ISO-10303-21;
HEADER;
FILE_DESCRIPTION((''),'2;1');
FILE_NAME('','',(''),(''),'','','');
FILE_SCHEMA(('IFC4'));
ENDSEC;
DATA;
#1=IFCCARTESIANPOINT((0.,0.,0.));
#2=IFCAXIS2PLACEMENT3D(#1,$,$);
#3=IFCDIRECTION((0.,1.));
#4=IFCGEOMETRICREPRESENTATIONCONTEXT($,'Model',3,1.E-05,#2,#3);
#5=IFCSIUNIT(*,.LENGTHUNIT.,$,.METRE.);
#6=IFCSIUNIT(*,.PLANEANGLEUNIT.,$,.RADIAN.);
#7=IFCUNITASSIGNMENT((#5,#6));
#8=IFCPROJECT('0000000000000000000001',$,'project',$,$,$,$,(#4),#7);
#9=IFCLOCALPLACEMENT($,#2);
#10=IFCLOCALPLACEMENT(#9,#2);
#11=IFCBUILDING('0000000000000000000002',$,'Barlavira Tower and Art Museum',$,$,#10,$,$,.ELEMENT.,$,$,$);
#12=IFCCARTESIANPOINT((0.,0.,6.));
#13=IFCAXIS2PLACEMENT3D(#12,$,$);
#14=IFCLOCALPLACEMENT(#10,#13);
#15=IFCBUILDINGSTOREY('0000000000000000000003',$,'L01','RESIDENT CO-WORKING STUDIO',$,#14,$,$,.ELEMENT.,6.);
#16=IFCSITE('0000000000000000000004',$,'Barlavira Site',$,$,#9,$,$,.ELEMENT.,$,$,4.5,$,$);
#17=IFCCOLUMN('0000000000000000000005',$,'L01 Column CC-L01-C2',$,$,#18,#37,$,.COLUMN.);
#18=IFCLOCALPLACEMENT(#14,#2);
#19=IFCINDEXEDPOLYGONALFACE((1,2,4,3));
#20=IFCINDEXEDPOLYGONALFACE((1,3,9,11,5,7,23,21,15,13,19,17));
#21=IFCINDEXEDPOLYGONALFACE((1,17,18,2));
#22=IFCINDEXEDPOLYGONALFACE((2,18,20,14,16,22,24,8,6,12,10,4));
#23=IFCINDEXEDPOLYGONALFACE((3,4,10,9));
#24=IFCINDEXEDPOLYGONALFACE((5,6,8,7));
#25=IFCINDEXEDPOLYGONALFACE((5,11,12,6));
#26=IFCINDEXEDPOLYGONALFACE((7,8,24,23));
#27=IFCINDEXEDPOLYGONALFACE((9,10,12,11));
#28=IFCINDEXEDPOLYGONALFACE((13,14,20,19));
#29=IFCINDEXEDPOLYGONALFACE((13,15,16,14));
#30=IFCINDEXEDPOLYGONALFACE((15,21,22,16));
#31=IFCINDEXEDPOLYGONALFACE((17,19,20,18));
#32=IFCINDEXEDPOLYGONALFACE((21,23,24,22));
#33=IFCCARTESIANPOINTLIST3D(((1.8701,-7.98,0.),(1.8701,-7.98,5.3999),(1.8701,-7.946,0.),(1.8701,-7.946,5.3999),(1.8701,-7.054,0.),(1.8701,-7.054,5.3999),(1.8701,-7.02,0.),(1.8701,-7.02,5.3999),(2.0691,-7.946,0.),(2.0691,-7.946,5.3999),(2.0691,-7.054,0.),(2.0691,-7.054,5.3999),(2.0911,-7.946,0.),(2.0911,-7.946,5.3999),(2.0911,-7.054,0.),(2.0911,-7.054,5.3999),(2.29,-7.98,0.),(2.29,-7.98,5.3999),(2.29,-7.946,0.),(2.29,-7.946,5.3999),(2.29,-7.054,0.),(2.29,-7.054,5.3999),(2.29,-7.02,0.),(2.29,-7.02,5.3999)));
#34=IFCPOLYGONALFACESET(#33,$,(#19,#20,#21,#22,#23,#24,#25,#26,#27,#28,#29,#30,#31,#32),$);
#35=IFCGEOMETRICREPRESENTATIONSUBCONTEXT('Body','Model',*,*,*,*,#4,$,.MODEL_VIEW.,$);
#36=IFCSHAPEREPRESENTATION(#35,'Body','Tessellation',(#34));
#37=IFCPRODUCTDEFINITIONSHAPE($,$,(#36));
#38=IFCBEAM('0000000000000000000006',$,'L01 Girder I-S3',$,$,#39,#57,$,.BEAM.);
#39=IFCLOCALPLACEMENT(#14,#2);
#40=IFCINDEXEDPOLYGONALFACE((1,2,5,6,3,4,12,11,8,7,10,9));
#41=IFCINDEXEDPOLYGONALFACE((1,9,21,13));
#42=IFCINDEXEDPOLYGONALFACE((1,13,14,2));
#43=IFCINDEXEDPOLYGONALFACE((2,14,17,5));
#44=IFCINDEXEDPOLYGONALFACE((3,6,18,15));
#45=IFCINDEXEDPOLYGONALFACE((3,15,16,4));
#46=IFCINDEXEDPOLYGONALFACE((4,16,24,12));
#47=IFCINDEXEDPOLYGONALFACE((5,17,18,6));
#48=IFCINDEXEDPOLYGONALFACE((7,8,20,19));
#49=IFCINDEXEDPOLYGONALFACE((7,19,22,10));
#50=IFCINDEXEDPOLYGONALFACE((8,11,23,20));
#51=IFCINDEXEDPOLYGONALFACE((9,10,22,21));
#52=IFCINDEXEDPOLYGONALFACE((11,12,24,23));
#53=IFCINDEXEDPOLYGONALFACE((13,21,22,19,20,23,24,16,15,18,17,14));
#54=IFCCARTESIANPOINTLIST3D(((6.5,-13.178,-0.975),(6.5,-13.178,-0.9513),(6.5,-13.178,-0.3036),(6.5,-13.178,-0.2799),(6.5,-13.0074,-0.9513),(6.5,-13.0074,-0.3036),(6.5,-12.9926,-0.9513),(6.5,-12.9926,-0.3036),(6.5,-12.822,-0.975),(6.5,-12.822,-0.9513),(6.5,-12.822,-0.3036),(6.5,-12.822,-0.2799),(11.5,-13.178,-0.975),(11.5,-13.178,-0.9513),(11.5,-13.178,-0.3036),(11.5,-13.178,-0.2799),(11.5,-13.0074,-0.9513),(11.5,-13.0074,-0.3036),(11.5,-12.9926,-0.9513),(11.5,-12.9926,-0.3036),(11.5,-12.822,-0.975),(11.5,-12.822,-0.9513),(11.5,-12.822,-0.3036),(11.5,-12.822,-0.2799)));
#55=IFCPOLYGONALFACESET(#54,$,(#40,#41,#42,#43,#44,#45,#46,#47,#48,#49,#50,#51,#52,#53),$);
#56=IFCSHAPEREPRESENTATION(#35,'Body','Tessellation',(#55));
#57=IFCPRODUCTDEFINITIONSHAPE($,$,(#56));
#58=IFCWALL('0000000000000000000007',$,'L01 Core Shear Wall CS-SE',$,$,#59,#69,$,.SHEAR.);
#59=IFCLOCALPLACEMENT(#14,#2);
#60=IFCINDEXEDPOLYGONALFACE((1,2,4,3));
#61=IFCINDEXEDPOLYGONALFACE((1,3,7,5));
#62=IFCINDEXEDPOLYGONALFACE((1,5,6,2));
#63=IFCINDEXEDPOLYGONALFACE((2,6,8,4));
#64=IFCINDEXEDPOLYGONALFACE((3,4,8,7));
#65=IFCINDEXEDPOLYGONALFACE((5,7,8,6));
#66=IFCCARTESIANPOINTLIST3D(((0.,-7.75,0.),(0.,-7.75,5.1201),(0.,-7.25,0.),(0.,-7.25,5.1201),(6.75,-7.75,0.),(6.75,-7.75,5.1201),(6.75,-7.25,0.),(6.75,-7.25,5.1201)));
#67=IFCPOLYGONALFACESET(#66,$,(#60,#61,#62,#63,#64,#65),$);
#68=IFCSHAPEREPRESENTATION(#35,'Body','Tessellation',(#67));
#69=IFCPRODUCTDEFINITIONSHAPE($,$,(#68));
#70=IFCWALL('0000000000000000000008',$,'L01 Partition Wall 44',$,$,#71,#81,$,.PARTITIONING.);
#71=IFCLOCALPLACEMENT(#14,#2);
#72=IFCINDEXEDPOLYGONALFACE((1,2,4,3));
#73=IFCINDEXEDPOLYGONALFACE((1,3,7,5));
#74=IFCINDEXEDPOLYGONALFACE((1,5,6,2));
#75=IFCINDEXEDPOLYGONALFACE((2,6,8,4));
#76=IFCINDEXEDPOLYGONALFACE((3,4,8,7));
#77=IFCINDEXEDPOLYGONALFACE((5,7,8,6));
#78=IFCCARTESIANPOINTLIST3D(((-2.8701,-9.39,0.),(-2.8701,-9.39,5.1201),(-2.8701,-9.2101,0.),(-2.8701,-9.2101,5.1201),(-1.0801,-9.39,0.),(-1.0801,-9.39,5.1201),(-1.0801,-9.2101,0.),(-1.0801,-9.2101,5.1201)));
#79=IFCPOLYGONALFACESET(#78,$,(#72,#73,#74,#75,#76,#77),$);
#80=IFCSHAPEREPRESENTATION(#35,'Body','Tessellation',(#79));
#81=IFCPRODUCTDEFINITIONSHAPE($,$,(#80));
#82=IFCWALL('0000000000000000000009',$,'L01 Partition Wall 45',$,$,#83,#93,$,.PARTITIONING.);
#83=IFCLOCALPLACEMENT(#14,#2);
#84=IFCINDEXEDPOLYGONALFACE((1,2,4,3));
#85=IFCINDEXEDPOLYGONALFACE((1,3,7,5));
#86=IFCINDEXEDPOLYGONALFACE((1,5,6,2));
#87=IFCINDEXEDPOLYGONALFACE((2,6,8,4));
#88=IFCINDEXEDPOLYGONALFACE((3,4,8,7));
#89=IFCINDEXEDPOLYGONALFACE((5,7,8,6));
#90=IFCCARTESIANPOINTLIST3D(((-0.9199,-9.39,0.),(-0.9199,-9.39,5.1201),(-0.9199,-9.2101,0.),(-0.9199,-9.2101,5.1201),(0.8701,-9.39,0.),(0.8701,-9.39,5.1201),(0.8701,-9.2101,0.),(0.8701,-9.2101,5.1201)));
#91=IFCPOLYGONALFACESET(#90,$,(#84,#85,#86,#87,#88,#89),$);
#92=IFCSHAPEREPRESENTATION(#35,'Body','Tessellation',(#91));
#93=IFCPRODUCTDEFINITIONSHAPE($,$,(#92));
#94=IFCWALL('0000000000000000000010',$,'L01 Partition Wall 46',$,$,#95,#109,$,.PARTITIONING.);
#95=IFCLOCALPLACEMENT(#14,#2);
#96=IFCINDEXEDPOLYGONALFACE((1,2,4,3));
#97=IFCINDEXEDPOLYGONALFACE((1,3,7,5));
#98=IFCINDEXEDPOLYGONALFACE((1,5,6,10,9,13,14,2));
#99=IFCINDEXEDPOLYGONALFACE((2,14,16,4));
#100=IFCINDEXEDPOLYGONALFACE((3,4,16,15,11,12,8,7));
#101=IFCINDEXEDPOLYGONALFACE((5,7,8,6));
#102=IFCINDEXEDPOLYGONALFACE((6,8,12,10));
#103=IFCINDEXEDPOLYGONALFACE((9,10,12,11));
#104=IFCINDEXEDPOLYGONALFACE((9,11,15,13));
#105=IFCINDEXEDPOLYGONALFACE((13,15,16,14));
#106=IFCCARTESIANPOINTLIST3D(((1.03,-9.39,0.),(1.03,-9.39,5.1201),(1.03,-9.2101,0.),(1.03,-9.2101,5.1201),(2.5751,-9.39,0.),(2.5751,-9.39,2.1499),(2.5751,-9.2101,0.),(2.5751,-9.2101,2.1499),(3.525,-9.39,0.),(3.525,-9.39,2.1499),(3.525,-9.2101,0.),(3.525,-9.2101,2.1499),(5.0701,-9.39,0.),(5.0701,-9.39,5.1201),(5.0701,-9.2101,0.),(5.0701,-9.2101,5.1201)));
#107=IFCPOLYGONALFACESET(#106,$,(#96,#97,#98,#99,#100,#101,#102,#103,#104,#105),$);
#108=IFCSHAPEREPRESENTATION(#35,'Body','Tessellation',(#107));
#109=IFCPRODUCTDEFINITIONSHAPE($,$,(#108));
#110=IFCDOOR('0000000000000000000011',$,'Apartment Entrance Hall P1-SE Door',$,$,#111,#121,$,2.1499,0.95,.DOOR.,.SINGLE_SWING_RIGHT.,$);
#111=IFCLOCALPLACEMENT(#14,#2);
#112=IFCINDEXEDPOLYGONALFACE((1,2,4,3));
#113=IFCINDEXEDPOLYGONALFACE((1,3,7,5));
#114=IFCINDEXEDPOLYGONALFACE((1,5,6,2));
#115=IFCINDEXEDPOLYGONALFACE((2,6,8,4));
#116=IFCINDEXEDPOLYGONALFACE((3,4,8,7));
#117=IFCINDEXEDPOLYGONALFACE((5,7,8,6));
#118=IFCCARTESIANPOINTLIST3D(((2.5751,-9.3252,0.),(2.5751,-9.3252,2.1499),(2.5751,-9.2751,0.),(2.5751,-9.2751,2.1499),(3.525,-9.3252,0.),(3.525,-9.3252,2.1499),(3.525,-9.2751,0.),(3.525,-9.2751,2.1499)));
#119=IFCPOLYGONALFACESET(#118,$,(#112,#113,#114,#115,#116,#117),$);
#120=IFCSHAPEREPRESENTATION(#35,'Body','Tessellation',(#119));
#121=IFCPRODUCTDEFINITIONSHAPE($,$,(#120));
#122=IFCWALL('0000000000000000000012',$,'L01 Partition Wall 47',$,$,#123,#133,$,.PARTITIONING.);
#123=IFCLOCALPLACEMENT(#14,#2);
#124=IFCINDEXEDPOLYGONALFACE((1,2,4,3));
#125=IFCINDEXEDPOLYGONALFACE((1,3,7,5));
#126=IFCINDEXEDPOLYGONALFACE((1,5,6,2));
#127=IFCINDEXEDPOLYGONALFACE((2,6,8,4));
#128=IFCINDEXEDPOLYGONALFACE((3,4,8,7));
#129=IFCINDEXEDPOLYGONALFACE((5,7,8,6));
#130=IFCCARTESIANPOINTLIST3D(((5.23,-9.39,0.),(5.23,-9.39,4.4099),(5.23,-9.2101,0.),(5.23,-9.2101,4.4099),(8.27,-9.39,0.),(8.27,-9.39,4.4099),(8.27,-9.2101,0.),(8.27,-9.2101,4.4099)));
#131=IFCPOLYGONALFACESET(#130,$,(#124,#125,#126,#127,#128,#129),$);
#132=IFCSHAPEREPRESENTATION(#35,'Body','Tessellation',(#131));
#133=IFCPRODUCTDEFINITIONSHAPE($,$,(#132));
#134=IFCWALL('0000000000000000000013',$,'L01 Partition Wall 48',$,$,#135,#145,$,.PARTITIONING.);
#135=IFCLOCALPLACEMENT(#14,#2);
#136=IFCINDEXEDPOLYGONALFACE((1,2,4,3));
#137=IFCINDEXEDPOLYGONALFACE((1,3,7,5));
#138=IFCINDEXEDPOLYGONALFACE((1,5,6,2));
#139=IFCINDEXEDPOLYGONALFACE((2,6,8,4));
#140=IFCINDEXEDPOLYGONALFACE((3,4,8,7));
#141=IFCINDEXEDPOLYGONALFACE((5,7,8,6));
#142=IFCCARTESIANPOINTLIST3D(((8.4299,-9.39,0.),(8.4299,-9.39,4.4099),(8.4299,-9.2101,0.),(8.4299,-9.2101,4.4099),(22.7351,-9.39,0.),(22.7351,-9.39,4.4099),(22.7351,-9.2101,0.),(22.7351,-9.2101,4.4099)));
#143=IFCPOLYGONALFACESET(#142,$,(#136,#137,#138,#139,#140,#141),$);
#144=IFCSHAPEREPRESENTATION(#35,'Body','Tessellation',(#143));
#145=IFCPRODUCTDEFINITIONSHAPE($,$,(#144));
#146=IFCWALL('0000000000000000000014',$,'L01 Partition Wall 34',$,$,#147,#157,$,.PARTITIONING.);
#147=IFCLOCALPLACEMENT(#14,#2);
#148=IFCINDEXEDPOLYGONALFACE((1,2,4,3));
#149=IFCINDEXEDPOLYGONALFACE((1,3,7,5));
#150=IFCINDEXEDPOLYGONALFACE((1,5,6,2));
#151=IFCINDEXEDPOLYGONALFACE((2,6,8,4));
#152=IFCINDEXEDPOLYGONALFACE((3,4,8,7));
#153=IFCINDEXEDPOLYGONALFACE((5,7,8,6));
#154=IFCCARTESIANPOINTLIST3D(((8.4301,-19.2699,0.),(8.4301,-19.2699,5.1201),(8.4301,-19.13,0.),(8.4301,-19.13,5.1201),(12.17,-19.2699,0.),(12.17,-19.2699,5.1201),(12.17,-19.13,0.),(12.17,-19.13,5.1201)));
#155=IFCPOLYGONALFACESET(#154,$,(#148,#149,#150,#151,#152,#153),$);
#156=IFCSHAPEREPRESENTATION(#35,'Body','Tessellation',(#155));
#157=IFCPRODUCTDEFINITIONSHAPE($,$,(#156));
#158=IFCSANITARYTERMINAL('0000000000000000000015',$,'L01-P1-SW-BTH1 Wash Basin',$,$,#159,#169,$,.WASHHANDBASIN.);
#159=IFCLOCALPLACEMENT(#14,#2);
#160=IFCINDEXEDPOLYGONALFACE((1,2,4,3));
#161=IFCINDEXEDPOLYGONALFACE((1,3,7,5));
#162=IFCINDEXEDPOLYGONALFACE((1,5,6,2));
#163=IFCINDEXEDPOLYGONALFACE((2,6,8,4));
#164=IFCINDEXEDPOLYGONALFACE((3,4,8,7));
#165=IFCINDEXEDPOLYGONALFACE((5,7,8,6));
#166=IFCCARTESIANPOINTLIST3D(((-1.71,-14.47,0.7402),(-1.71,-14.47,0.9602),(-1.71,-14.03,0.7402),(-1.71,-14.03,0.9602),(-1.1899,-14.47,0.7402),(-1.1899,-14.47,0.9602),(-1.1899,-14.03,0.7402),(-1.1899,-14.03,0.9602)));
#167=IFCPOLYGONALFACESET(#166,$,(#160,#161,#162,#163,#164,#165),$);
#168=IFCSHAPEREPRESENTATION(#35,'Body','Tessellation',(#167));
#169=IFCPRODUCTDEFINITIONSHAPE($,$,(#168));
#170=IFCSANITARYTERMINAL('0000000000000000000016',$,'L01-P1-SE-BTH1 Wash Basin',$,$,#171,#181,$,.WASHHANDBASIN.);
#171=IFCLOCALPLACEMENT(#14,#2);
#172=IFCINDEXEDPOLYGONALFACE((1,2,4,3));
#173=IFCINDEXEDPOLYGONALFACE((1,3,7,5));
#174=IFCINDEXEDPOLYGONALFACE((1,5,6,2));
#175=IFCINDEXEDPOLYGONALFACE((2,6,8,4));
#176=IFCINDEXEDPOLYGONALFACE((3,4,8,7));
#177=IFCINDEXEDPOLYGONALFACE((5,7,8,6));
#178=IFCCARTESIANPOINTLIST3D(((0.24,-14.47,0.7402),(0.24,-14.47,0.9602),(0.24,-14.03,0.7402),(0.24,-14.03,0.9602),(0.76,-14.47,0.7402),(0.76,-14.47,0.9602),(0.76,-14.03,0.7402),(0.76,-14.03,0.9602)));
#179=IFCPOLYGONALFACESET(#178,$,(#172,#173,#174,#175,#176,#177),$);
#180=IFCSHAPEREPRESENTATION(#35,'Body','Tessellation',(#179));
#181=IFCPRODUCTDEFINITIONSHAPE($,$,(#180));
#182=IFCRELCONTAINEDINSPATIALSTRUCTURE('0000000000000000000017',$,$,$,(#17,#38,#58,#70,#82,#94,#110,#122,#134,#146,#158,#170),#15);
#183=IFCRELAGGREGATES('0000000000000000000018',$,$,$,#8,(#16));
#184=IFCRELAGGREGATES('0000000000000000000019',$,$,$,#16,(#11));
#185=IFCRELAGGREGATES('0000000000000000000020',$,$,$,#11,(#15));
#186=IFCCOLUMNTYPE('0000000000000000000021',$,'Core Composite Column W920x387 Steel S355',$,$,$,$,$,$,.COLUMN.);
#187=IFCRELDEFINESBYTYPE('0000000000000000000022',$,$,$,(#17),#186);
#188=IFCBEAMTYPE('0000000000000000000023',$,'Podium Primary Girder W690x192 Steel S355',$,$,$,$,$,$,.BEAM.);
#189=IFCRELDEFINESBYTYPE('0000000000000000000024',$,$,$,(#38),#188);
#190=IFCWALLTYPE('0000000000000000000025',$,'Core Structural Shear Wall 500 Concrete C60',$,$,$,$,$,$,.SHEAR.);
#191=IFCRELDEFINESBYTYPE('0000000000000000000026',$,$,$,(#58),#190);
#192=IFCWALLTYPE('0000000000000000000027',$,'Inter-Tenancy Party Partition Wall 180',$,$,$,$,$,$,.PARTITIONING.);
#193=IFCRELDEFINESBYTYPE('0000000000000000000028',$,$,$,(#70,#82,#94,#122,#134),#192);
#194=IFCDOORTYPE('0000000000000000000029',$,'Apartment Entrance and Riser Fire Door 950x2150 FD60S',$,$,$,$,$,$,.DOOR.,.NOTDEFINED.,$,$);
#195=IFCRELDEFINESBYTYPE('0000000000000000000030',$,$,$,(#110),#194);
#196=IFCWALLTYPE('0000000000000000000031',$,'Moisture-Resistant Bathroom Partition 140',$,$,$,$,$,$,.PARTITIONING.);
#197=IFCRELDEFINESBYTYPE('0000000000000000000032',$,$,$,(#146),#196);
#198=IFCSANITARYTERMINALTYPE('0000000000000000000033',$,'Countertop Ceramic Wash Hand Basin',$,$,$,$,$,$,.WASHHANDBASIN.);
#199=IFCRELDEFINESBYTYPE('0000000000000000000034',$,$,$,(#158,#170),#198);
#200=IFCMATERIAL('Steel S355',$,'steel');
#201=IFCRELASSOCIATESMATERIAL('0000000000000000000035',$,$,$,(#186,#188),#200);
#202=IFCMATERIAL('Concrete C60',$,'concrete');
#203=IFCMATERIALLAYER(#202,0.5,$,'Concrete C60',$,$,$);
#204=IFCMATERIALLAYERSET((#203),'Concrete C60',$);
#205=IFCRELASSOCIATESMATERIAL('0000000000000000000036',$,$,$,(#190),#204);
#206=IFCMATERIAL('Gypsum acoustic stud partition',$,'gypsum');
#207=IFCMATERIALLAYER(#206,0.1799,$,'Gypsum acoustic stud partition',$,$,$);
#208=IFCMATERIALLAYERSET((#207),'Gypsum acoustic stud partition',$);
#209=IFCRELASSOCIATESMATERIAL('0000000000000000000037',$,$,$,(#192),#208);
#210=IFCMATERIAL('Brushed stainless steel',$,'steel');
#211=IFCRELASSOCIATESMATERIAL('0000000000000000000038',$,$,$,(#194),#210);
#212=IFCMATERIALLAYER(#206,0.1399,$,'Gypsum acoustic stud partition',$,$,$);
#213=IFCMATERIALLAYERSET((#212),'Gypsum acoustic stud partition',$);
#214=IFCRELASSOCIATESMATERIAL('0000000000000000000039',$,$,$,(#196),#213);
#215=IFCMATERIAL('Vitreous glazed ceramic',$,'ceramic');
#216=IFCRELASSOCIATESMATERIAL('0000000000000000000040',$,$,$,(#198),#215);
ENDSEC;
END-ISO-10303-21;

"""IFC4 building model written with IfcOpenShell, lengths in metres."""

from ifc_helpers import new_model, si_unit, direction, frame, frame_2d, origin, origin_2d, place, context, subcontext, project, spatial, rectangle, i_section, extrude, material, layer, layer_set, material_profile, profile_set, type_object, element, fill, save


model = new_model("IFC4")

# Units and contexts
model_context = context("Model", 3, precision=1e-05, world=origin(), true_north=direction((0.0, 1.0)))
body_context = subcontext(model_context, "Body", "Model", "MODEL_VIEW")
ifc_project = project(units=[si_unit("LENGTHUNIT", "METRE"), si_unit("PLANEANGLEUNIT", "RADIAN")], contexts=[model_context])

# Site, building, storey
site_placement = place(None, origin())
site = spatial("IfcSite", under=ifc_project, at=site_placement, Name="Barlavira Site", CompositionType="ELEMENT", RefElevation=4.5)
building_placement = place(site_placement, origin())
building = spatial("IfcBuilding", under=site, at=building_placement, Name="Barlavira Tower and Art Museum", CompositionType="ELEMENT")
storey_placement = place(building_placement, frame((0.0, 0.0, 6.0)))
storey = spatial("IfcBuildingStorey", under=building, at=storey_placement, Name="L01", Description="RESIDENT CO-WORKING STUDIO", CompositionType="ELEMENT", Elevation=6.0)

# Column
ifc_material_1 = material(Name="Steel S355", Category="steel")
ifc_material_profile_1 = material_profile(ifc_material_1, i_section(OverallWidth=0.4199, OverallDepth=0.96, WebThickness=0.022, FlangeThickness=0.0339, at=origin_2d()), Name="W920x387.0")
ifc_profile_set_1 = profile_set([ifc_material_profile_1], Name="Steel S355")
column_type = type_object("IfcColumnType", Name="Core Composite Column W920x387 Steel S355", PredefinedType="COLUMN", material=ifc_profile_set_1)
column_placement = place(storey_placement, frame((2.0801, -7.5, 0.0), z_axis=(0.0, 0.0, 1.0), x_axis=(1.0, 0.0, 0.0)))
element("IfcColumn", 1, at=column_placement, inside=storey, type_object=column_type, Name="L01 Column CC-L01-C2", PredefinedType="COLUMN", context=body_context, shape_type="SweptSolid", body=[
    extrude(i_section(OverallWidth=0.4199, OverallDepth=0.96, WebThickness=0.022, FlangeThickness=0.0339, at=origin_2d()), origin(), (0.0, 0.0, 1.0), 5.3999),
])

# Beam
ifc_material_profile_2 = material_profile(ifc_material_1, i_section(OverallWidth=0.356, OverallDepth=0.6951, WebThickness=0.0149, FlangeThickness=0.0237, at=origin_2d()), Name="W690x192.0")
ifc_profile_set_2 = profile_set([ifc_material_profile_2], Name="Steel S355")
beam_type = type_object("IfcBeamType", Name="Podium Primary Girder W690x192 Steel S355", PredefinedType="BEAM", material=ifc_profile_set_2)
beam_placement = place(storey_placement, frame((6.5, -13.0, -0.6274), z_axis=(1.0, 0.0, 0.0), x_axis=(0.0, 1.0, 0.0)))
element("IfcBeam", 2, at=beam_placement, inside=storey, type_object=beam_type, Name="L01 Girder I-S3", PredefinedType="BEAM", context=body_context, shape_type="SweptSolid", body=[
    extrude(i_section(OverallWidth=0.356, OverallDepth=0.6951, WebThickness=0.0149, FlangeThickness=0.0237, at=origin_2d()), origin(), (0.0, 0.0, 1.0), 5.0),
])

# Walls
ifc_material_2 = material(Name="Concrete C60", Category="concrete")
ifc_layer_1 = layer(ifc_material_2, 0.5, Name="Concrete C60")
ifc_layer_set_1 = layer_set([ifc_layer_1], Name="Concrete C60")
wall_type_1 = type_object("IfcWallType", Name="Core Structural Shear Wall 500 Concrete C60", PredefinedType="SHEAR", material=ifc_layer_set_1)
wall_1_placement = place(storey_placement, frame((0.0, -7.5, 0.0), z_axis=(0.0, 0.0, 1.0), x_axis=(1.0, 0.0, 0.0)))
element("IfcWall", 3, at=wall_1_placement, inside=storey, type_object=wall_type_1, Name="L01 Core Shear Wall CS-SE", PredefinedType="SHEAR", context=body_context, shape_type="SweptSolid", body=[
    extrude(rectangle(XDim=6.75, YDim=0.5, at=frame_2d((3.375, 0.0))), origin(), (0.0, 0.0, 1.0), 5.1201),
])
ifc_material_3 = material(Name="Gypsum acoustic stud partition", Category="gypsum")
ifc_layer_2 = layer(ifc_material_3, 0.1799, Name="Gypsum acoustic stud partition")
ifc_layer_set_2 = layer_set([ifc_layer_2], Name="Gypsum acoustic stud partition")
wall_type_2 = type_object("IfcWallType", Name="Inter-Tenancy Party Partition Wall 180", PredefinedType="PARTITIONING", material=ifc_layer_set_2)
for number, where, z_axis, x_axis, name in (
    (4, (-2.8701, -9.3, 0.0), (0.0, 0.0, 1.0), (1.0, 0.0, 0.0), "L01 Partition Wall 44"),
    (5, (-0.9199, -9.3, 0.0), (0.0, 0.0, 1.0), (1.0, 0.0, 0.0), "L01 Partition Wall 45"),
):
    element("IfcWall", number, at=place(storey_placement, frame(where, z_axis=z_axis, x_axis=x_axis)), inside=storey, type_object=wall_type_2, Name=name, PredefinedType="PARTITIONING", context=body_context, shape_type="SweptSolid", body=[
        extrude(rectangle(XDim=1.79, YDim=0.1799, at=frame_2d((0.895, 0.0))), origin(), (0.0, 0.0, 1.0), 5.1201),
    ])

# Wall, opening, door
wall_2_placement = place(storey_placement, frame((1.03, -9.3, 0.0), z_axis=(0.0, 0.0, 1.0), x_axis=(1.0, 0.0, 0.0)))
wall_2 = element("IfcWall", 6, at=wall_2_placement, inside=storey, type_object=wall_type_2, Name="L01 Partition Wall 46", PredefinedType="PARTITIONING", context=body_context, shape_type="SweptSolid", body=[
    extrude(rectangle(XDim=4.04, YDim=0.1799, at=frame_2d((2.02, 0.0))), origin(), (0.0, 0.0, 1.0), 5.1201),
])
opening_placement = place(wall_2_placement, frame((1.5449, 0.0, 0.0)))
opening = element("IfcOpeningElement", 7, at=opening_placement, cuts=wall_2, PredefinedType="OPENING", context=body_context, shape_type="SweptSolid", body=[
    extrude(rectangle(XDim=0.95, YDim=2.1499, at=frame_2d((0.4751, 1.075))), frame((0.0, 0.1001, 0.0), z_axis=(0.0, -1.0, 0.0), x_axis=(1.0, 0.0, 0.0)), (0.0, 0.0, 1.0), 0.2),
])
ifc_material_4 = material(Name="Brushed stainless steel", Category="steel")
door_type = type_object("IfcDoorType", Name="Apartment Entrance and Riser Fire Door 950x2150 FD60S", OperationType="NOTDEFINED", PredefinedType="DOOR", material=ifc_material_4)
door_placement = place(opening_placement, origin())
door = element("IfcDoor", 8, at=door_placement, inside=storey, type_object=door_type, Name="Apartment Entrance Hall P1-SE Door", OperationType="SINGLE_SWING_RIGHT", OverallHeight=2.1499, OverallWidth=0.95, PredefinedType="DOOR", context=body_context, shape_type="SweptSolid", body=[
    extrude(rectangle(XDim=0.95, YDim=2.1499, at=frame_2d((0.4751, 1.075))), frame((0.0, 0.0249, 0.0), z_axis=(0.0, -1.0, 0.0), x_axis=(1.0, 0.0, 0.0)), (0.0, 0.0, 1.0), 0.05),
])
fill(opening, door)

# Walls
wall_3_placement = place(storey_placement, frame((5.23, -9.3, 0.0), z_axis=(0.0, 0.0, 1.0), x_axis=(1.0, 0.0, 0.0)))
element("IfcWall", 9, at=wall_3_placement, inside=storey, type_object=wall_type_2, Name="L01 Partition Wall 47", PredefinedType="PARTITIONING", context=body_context, shape_type="SweptSolid", body=[
    extrude(rectangle(XDim=3.04, YDim=0.1799, at=frame_2d((1.52, 0.0))), origin(), (0.0, 0.0, 1.0), 4.4099),
])
wall_4_placement = place(storey_placement, frame((8.4299, -9.3, 0.0), z_axis=(0.0, 0.0, 1.0), x_axis=(1.0, 0.0, 0.0)))
element("IfcWall", 10, at=wall_4_placement, inside=storey, type_object=wall_type_2, Name="L01 Partition Wall 48", PredefinedType="PARTITIONING", context=body_context, shape_type="SweptSolid", body=[
    extrude(rectangle(XDim=14.3052, YDim=0.1799, at=frame_2d((7.1526, 0.0))), origin(), (0.0, 0.0, 1.0), 4.4099),
])
ifc_layer_3 = layer(ifc_material_3, 0.1399, Name="Gypsum acoustic stud partition")
ifc_layer_set_3 = layer_set([ifc_layer_3], Name="Gypsum acoustic stud partition")
wall_type_3 = type_object("IfcWallType", Name="Moisture-Resistant Bathroom Partition 140", PredefinedType="PARTITIONING", material=ifc_layer_set_3)
wall_5_placement = place(storey_placement, frame((8.4299, -19.2, 0.0), z_axis=(0.0, 0.0, 1.0), x_axis=(1.0, 0.0, 0.0)))
element("IfcWall", 11, at=wall_5_placement, inside=storey, type_object=wall_type_3, Name="L01 Partition Wall 34", PredefinedType="PARTITIONING", context=body_context, shape_type="SweptSolid", body=[
    extrude(rectangle(XDim=3.74, YDim=0.1399, at=frame_2d((1.8701, 0.0))), origin(), (0.0, 0.0, 1.0), 5.1201),
])

# Sanitary terminals
ifc_material_5 = material(Name="Vitreous glazed ceramic", Category="ceramic")
sanitary_terminal_type_1 = type_object("IfcSanitaryTerminalType", Name="Countertop Ceramic Wash Hand Basin", PredefinedType="WASHHANDBASIN", material=ifc_material_5)
for number, where, z_axis, x_axis, name in (
    (12, (-1.45, -14.25, 0.7402), (0.0, 0.0, 1.0), (1.0, 0.0, 0.0), "L01-P1-SW-BTH1 Wash Basin"),
    (13, (0.5, -14.25, 0.7402), (0.0, 0.0, 1.0), (1.0, 0.0, 0.0), "L01-P1-SE-BTH1 Wash Basin"),
):
    element("IfcSanitaryTerminal", number, at=place(storey_placement, frame(where, z_axis=z_axis, x_axis=x_axis)), inside=storey, type_object=sanitary_terminal_type_1, Name=name, PredefinedType="WASHHANDBASIN", context=body_context, shape_type="SweptSolid", body=[
        extrude(rectangle(XDim=0.52, YDim=0.4399, at=origin_2d()), origin(), (0.0, 0.0, 1.0), 0.22),
    ])

save(model, "model.ifc")
